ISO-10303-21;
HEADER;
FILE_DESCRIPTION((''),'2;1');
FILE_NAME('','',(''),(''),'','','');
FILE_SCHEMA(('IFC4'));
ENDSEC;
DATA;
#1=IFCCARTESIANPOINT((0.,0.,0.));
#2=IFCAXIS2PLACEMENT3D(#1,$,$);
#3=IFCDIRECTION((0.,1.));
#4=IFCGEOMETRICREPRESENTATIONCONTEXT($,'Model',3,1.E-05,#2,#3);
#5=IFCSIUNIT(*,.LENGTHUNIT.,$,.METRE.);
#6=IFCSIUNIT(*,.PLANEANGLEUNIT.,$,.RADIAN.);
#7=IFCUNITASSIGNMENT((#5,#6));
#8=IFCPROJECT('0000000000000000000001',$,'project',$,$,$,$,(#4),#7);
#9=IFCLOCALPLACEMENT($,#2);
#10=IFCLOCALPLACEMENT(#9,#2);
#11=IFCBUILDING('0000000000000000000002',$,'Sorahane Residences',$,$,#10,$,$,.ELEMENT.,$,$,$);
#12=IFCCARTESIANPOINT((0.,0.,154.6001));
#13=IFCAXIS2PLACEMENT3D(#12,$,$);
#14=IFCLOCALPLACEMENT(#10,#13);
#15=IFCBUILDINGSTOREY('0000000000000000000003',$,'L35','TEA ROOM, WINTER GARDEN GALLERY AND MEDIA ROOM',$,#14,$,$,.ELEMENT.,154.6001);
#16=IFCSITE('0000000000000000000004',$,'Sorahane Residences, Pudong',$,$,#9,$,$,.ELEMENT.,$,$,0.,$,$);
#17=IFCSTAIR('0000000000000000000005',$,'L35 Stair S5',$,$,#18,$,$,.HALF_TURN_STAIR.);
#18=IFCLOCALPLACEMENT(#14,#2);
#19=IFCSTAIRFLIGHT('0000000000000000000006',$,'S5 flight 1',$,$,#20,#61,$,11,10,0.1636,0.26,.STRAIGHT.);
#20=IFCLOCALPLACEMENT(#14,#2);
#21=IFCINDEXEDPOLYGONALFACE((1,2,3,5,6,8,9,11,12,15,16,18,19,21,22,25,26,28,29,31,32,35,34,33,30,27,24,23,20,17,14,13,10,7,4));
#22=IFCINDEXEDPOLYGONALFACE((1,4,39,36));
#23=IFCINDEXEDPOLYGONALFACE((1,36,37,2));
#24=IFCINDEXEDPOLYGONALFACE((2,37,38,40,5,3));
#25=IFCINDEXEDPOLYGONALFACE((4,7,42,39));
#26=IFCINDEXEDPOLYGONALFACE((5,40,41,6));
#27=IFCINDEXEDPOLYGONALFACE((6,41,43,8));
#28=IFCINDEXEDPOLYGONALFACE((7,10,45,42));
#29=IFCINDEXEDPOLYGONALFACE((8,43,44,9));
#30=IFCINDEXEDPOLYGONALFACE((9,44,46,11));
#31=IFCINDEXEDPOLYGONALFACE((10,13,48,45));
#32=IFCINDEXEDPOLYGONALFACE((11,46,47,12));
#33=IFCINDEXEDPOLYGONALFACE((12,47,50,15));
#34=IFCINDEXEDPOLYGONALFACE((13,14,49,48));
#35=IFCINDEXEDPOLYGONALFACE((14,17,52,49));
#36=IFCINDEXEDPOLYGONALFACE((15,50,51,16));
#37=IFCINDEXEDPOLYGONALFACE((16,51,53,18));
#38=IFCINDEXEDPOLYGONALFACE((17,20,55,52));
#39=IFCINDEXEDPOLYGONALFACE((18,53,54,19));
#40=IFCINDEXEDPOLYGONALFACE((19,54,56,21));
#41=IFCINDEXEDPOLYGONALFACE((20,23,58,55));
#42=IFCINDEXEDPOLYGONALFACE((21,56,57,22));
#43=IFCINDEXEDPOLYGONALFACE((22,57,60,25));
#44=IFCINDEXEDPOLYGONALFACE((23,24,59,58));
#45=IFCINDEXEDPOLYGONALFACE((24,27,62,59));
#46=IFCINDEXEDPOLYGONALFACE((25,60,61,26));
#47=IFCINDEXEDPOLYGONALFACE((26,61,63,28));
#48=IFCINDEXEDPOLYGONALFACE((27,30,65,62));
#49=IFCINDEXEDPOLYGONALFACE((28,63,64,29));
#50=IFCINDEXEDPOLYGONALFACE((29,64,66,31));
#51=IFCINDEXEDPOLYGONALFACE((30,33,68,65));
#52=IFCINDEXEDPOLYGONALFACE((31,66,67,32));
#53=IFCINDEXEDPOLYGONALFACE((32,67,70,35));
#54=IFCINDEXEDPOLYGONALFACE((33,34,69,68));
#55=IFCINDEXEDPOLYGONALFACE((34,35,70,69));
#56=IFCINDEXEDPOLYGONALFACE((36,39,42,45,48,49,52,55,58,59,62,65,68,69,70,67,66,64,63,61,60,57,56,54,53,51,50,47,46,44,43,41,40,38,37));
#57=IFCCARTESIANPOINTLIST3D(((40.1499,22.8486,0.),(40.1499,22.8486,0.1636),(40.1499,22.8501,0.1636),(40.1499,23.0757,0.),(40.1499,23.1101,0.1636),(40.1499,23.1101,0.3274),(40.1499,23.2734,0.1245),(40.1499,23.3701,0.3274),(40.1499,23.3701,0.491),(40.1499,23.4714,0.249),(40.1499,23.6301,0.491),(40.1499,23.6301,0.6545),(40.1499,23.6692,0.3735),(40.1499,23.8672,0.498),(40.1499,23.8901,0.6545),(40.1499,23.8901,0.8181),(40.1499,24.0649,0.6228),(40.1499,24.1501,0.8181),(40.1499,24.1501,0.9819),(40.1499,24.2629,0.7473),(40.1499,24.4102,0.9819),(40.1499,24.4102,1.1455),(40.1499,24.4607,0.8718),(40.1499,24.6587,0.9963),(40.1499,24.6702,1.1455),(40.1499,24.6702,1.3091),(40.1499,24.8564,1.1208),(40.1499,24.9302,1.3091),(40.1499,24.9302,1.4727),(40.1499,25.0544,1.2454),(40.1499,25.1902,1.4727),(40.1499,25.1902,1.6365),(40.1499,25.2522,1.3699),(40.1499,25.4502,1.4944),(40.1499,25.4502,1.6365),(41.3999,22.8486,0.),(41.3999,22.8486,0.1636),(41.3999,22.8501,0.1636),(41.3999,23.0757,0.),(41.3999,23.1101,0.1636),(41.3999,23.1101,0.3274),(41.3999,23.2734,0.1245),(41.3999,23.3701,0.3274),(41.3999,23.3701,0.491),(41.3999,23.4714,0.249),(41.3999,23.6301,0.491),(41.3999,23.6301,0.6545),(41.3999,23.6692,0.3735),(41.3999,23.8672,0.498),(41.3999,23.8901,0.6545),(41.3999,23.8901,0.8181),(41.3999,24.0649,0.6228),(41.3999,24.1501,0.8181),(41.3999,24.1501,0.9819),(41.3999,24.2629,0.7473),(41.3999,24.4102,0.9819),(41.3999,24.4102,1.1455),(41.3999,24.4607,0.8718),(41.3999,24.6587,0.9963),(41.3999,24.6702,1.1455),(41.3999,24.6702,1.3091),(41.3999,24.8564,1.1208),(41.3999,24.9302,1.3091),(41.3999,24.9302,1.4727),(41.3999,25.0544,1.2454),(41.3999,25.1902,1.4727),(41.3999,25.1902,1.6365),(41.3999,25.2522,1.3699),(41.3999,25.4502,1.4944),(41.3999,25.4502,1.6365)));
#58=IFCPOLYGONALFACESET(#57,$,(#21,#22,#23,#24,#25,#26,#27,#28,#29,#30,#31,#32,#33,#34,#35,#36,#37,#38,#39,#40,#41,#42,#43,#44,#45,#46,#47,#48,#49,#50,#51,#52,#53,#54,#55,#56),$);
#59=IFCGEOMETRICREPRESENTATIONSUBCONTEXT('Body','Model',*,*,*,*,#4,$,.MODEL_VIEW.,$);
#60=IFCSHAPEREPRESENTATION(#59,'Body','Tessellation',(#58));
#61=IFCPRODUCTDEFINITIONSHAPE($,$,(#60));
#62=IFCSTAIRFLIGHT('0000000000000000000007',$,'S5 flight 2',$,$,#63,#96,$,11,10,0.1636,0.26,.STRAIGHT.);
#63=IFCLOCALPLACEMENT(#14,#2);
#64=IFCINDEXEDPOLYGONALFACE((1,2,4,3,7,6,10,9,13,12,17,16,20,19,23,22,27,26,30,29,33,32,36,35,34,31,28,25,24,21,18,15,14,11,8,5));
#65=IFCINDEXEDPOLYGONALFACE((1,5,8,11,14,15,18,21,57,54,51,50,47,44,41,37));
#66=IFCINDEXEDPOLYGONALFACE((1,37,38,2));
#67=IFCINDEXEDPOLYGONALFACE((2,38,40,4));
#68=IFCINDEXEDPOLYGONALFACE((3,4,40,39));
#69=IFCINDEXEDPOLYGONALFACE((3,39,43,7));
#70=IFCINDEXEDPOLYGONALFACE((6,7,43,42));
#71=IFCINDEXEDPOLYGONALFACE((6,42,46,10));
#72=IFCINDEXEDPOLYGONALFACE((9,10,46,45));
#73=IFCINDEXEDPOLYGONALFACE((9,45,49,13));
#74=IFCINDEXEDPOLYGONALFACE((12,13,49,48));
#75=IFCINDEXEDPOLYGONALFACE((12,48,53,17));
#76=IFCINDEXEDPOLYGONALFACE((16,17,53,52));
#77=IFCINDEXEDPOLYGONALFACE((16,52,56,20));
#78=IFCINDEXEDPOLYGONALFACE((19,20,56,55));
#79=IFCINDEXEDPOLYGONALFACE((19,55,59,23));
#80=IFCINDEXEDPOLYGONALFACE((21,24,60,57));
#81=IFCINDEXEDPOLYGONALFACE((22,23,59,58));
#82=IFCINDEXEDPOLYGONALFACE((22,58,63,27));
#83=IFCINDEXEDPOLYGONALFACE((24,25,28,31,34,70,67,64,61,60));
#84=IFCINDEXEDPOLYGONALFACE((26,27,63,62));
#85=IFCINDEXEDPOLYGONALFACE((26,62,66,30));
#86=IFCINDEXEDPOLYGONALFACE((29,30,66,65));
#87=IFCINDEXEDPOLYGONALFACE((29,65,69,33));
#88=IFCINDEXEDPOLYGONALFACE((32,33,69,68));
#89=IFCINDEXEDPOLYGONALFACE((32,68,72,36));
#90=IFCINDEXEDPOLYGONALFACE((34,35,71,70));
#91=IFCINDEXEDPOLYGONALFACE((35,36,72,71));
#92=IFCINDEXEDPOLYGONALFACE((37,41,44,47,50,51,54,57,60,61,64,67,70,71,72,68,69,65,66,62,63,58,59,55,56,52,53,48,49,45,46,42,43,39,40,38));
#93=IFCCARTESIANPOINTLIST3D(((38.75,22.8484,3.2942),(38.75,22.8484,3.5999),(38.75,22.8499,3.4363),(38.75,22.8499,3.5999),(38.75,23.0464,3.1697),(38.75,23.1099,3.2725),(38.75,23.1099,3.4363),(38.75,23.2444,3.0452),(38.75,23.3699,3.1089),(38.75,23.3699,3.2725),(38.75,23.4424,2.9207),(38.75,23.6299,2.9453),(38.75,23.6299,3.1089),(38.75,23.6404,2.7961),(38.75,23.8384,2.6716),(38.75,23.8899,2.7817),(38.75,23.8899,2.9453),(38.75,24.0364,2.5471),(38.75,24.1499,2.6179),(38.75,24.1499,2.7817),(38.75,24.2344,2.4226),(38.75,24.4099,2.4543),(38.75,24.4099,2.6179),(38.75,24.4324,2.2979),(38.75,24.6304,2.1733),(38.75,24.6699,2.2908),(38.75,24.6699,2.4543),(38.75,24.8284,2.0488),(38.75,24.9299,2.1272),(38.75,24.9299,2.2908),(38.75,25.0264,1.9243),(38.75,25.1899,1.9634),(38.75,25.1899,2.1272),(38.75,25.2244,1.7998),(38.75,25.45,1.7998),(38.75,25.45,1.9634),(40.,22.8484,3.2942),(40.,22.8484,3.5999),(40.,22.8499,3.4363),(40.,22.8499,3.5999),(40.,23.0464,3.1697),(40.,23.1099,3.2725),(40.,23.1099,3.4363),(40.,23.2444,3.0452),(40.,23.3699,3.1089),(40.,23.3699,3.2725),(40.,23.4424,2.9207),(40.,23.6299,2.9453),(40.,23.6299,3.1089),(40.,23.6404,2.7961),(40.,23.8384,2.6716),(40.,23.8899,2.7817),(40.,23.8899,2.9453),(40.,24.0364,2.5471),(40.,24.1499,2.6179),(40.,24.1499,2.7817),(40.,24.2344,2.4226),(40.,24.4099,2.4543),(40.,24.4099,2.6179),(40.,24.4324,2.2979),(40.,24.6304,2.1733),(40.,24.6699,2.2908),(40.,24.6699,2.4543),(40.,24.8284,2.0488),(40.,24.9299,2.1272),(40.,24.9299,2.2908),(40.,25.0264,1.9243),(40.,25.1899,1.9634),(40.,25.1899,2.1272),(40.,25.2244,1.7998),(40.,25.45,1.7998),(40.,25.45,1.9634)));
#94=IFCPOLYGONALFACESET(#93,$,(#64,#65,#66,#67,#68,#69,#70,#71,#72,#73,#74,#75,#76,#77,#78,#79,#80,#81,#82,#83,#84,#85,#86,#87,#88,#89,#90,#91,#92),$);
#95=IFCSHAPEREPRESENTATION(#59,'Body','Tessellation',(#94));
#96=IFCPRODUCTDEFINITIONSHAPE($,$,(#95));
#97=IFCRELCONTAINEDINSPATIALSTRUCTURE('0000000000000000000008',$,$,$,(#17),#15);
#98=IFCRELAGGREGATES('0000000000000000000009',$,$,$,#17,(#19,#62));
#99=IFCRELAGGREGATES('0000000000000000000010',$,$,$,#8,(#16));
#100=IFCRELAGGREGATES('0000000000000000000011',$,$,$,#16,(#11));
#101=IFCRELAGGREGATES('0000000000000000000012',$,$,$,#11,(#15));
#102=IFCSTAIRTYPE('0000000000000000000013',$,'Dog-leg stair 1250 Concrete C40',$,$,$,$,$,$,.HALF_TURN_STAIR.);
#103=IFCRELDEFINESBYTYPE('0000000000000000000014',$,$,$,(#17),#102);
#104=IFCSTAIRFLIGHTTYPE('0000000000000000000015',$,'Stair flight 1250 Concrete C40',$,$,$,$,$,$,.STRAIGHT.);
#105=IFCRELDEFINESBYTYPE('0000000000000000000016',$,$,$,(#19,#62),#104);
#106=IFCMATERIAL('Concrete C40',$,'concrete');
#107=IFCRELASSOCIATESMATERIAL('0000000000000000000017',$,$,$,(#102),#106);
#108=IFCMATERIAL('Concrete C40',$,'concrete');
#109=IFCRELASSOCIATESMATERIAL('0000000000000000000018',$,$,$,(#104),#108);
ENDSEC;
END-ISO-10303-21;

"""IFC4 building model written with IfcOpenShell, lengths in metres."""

from ifc_helpers import new_model, si_unit, direction, frame, origin, place, context, subcontext, project, spatial, polyline, outline, extrude, material, type_object, element, aggregate, save


model = new_model("IFC4")

# Units and contexts
model_context = context("Model", 3, precision=1e-05, world=origin(), true_north=direction((0.0, 1.0)))
body_context = subcontext(model_context, "Body", "Model", "MODEL_VIEW")
ifc_project = project(units=[si_unit("LENGTHUNIT", "METRE"), si_unit("PLANEANGLEUNIT", "RADIAN")], contexts=[model_context])

# Site, building, storey
site_placement = place(None, origin())
site = spatial("IfcSite", under=ifc_project, at=site_placement, Name="Sorahane Residences, Pudong", CompositionType="ELEMENT", RefElevation=0.0)
building_placement = place(site_placement, origin())
building = spatial("IfcBuilding", under=site, at=building_placement, Name="Sorahane Residences", CompositionType="ELEMENT")
storey_placement = place(building_placement, frame((0.0, 0.0, 154.6001)))
storey = spatial("IfcBuildingStorey", under=building, at=storey_placement, Name="L35", Description="TEA ROOM, WINTER GARDEN GALLERY AND MEDIA ROOM", CompositionType="ELEMENT", Elevation=154.6001)

# Stair, stair flights
ifc_material_1 = material(Name="Concrete C40", Category="concrete")
stair_type = type_object("IfcStairType", Name="Dog-leg stair 1250 Concrete C40", PredefinedType="HALF_TURN_STAIR", material=ifc_material_1)
stair_placement = place(storey_placement, origin())
stair = element("IfcStair", 1, at=stair_placement, inside=storey, type_object=stair_type, Name="L35 Stair S5", PredefinedType="HALF_TURN_STAIR")
ifc_material_2 = material(Name="Concrete C40", Category="concrete")
stair_flight_type = type_object("IfcStairFlightType", Name="Stair flight 1250 Concrete C40", PredefinedType="STRAIGHT", material=ifc_material_2)
stair_flight_1_placement = place(storey_placement, frame((40.7749, 22.8501, 0.0), z_axis=(0.0, 0.0, 1.0), x_axis=(0.0, 1.0, 0.0)))
stair_flight_1 = element("IfcStairFlight", 2, at=stair_flight_1_placement, type_object=stair_flight_type, Name="S5 flight 1", NumberOfRisers=11, NumberOfTreads=10, PredefinedType="STRAIGHT", RiserHeight=0.1636, TreadLength=0.26, context=body_context, shape_type="SweptSolid", body=[
    extrude(outline(polyline([(-0.0015, 0.0), (-0.0015, 0.1636), (0.0, 0.1636), (0.26, 0.1636), (0.26, 0.3274), (0.52, 0.3274), (0.52, 0.491), (0.78, 0.491), (0.78, 0.6545), (1.04, 0.6545), (1.04, 0.8181), (1.3, 0.8181), (1.3, 0.9819), (1.5601, 0.9819), (1.5601, 1.1455), (1.8201, 1.1455), (1.8201, 1.3091), (2.0801, 1.3091), (2.0801, 1.4727), (2.3401, 1.4727), (2.3401, 1.6365), (2.6001, 1.6365), (2.6001, 1.8), (2.6001, 1.4944), (2.4021, 1.3699), (2.2043, 1.2454), (2.0063, 1.1208), (1.8086, 0.9963), (1.6106, 0.8718), (1.4128, 0.7473), (1.2148, 0.6228), (1.0171, 0.498), (0.8191, 0.3735), (0.6213, 0.249), (0.4233, 0.1245), (0.2256, 0.0), (-0.0015, 0.0)])), frame((0.0, 0.625, 0.0), z_axis=(0.0, -1.0, 0.0), x_axis=(1.0, 0.0, 0.0)), (0.0, 0.0, 1.0), 1.25),
])
stair_flight_2_placement = place(storey_placement, frame((39.375, 25.45, 1.7998), z_axis=(0.0, 0.0, 1.0), x_axis=(0.0, -1.0, 0.0)))
stair_flight_2 = element("IfcStairFlight", 3, at=stair_flight_2_placement, type_object=stair_flight_type, Name="S5 flight 2", NumberOfRisers=11, NumberOfTreads=10, PredefinedType="STRAIGHT", RiserHeight=0.1636, TreadLength=0.26, context=body_context, shape_type="SweptSolid", body=[
    extrude(outline(polyline([(0.0, 0.0), (0.0, 0.1636), (0.26, 0.1636), (0.26, 0.3274), (0.52, 0.3274), (0.52, 0.491), (0.78, 0.491), (0.78, 0.6545), (1.04, 0.6545), (1.04, 0.8181), (1.3, 0.8181), (1.3, 0.9819), (1.5601, 0.9819), (1.5601, 1.1455), (1.8201, 1.1455), (1.8201, 1.3091), (2.0801, 1.3091), (2.0801, 1.4727), (2.3401, 1.4727), (2.3401, 1.6365), (2.6001, 1.6365), (2.6001, 1.8), (2.6016, 1.8), (2.6016, 1.4944), (2.4036, 1.3699), (2.2056, 1.2454), (2.0076, 1.1208), (1.8096, 0.9963), (1.6116, 0.8718), (1.4136, 0.7473), (1.2156, 0.6228), (1.0176, 0.498), (0.8196, 0.3735), (0.6216, 0.249), (0.4236, 0.1245), (0.2256, 0.0), (0.0, 0.0)])), frame((0.0, 0.625, 0.0), z_axis=(0.0, -1.0, 0.0), x_axis=(1.0, 0.0, 0.0)), (0.0, 0.0, 1.0), 1.25),
])
aggregate(stair, [stair_flight_1, stair_flight_2])

save(model, "model.ifc")
